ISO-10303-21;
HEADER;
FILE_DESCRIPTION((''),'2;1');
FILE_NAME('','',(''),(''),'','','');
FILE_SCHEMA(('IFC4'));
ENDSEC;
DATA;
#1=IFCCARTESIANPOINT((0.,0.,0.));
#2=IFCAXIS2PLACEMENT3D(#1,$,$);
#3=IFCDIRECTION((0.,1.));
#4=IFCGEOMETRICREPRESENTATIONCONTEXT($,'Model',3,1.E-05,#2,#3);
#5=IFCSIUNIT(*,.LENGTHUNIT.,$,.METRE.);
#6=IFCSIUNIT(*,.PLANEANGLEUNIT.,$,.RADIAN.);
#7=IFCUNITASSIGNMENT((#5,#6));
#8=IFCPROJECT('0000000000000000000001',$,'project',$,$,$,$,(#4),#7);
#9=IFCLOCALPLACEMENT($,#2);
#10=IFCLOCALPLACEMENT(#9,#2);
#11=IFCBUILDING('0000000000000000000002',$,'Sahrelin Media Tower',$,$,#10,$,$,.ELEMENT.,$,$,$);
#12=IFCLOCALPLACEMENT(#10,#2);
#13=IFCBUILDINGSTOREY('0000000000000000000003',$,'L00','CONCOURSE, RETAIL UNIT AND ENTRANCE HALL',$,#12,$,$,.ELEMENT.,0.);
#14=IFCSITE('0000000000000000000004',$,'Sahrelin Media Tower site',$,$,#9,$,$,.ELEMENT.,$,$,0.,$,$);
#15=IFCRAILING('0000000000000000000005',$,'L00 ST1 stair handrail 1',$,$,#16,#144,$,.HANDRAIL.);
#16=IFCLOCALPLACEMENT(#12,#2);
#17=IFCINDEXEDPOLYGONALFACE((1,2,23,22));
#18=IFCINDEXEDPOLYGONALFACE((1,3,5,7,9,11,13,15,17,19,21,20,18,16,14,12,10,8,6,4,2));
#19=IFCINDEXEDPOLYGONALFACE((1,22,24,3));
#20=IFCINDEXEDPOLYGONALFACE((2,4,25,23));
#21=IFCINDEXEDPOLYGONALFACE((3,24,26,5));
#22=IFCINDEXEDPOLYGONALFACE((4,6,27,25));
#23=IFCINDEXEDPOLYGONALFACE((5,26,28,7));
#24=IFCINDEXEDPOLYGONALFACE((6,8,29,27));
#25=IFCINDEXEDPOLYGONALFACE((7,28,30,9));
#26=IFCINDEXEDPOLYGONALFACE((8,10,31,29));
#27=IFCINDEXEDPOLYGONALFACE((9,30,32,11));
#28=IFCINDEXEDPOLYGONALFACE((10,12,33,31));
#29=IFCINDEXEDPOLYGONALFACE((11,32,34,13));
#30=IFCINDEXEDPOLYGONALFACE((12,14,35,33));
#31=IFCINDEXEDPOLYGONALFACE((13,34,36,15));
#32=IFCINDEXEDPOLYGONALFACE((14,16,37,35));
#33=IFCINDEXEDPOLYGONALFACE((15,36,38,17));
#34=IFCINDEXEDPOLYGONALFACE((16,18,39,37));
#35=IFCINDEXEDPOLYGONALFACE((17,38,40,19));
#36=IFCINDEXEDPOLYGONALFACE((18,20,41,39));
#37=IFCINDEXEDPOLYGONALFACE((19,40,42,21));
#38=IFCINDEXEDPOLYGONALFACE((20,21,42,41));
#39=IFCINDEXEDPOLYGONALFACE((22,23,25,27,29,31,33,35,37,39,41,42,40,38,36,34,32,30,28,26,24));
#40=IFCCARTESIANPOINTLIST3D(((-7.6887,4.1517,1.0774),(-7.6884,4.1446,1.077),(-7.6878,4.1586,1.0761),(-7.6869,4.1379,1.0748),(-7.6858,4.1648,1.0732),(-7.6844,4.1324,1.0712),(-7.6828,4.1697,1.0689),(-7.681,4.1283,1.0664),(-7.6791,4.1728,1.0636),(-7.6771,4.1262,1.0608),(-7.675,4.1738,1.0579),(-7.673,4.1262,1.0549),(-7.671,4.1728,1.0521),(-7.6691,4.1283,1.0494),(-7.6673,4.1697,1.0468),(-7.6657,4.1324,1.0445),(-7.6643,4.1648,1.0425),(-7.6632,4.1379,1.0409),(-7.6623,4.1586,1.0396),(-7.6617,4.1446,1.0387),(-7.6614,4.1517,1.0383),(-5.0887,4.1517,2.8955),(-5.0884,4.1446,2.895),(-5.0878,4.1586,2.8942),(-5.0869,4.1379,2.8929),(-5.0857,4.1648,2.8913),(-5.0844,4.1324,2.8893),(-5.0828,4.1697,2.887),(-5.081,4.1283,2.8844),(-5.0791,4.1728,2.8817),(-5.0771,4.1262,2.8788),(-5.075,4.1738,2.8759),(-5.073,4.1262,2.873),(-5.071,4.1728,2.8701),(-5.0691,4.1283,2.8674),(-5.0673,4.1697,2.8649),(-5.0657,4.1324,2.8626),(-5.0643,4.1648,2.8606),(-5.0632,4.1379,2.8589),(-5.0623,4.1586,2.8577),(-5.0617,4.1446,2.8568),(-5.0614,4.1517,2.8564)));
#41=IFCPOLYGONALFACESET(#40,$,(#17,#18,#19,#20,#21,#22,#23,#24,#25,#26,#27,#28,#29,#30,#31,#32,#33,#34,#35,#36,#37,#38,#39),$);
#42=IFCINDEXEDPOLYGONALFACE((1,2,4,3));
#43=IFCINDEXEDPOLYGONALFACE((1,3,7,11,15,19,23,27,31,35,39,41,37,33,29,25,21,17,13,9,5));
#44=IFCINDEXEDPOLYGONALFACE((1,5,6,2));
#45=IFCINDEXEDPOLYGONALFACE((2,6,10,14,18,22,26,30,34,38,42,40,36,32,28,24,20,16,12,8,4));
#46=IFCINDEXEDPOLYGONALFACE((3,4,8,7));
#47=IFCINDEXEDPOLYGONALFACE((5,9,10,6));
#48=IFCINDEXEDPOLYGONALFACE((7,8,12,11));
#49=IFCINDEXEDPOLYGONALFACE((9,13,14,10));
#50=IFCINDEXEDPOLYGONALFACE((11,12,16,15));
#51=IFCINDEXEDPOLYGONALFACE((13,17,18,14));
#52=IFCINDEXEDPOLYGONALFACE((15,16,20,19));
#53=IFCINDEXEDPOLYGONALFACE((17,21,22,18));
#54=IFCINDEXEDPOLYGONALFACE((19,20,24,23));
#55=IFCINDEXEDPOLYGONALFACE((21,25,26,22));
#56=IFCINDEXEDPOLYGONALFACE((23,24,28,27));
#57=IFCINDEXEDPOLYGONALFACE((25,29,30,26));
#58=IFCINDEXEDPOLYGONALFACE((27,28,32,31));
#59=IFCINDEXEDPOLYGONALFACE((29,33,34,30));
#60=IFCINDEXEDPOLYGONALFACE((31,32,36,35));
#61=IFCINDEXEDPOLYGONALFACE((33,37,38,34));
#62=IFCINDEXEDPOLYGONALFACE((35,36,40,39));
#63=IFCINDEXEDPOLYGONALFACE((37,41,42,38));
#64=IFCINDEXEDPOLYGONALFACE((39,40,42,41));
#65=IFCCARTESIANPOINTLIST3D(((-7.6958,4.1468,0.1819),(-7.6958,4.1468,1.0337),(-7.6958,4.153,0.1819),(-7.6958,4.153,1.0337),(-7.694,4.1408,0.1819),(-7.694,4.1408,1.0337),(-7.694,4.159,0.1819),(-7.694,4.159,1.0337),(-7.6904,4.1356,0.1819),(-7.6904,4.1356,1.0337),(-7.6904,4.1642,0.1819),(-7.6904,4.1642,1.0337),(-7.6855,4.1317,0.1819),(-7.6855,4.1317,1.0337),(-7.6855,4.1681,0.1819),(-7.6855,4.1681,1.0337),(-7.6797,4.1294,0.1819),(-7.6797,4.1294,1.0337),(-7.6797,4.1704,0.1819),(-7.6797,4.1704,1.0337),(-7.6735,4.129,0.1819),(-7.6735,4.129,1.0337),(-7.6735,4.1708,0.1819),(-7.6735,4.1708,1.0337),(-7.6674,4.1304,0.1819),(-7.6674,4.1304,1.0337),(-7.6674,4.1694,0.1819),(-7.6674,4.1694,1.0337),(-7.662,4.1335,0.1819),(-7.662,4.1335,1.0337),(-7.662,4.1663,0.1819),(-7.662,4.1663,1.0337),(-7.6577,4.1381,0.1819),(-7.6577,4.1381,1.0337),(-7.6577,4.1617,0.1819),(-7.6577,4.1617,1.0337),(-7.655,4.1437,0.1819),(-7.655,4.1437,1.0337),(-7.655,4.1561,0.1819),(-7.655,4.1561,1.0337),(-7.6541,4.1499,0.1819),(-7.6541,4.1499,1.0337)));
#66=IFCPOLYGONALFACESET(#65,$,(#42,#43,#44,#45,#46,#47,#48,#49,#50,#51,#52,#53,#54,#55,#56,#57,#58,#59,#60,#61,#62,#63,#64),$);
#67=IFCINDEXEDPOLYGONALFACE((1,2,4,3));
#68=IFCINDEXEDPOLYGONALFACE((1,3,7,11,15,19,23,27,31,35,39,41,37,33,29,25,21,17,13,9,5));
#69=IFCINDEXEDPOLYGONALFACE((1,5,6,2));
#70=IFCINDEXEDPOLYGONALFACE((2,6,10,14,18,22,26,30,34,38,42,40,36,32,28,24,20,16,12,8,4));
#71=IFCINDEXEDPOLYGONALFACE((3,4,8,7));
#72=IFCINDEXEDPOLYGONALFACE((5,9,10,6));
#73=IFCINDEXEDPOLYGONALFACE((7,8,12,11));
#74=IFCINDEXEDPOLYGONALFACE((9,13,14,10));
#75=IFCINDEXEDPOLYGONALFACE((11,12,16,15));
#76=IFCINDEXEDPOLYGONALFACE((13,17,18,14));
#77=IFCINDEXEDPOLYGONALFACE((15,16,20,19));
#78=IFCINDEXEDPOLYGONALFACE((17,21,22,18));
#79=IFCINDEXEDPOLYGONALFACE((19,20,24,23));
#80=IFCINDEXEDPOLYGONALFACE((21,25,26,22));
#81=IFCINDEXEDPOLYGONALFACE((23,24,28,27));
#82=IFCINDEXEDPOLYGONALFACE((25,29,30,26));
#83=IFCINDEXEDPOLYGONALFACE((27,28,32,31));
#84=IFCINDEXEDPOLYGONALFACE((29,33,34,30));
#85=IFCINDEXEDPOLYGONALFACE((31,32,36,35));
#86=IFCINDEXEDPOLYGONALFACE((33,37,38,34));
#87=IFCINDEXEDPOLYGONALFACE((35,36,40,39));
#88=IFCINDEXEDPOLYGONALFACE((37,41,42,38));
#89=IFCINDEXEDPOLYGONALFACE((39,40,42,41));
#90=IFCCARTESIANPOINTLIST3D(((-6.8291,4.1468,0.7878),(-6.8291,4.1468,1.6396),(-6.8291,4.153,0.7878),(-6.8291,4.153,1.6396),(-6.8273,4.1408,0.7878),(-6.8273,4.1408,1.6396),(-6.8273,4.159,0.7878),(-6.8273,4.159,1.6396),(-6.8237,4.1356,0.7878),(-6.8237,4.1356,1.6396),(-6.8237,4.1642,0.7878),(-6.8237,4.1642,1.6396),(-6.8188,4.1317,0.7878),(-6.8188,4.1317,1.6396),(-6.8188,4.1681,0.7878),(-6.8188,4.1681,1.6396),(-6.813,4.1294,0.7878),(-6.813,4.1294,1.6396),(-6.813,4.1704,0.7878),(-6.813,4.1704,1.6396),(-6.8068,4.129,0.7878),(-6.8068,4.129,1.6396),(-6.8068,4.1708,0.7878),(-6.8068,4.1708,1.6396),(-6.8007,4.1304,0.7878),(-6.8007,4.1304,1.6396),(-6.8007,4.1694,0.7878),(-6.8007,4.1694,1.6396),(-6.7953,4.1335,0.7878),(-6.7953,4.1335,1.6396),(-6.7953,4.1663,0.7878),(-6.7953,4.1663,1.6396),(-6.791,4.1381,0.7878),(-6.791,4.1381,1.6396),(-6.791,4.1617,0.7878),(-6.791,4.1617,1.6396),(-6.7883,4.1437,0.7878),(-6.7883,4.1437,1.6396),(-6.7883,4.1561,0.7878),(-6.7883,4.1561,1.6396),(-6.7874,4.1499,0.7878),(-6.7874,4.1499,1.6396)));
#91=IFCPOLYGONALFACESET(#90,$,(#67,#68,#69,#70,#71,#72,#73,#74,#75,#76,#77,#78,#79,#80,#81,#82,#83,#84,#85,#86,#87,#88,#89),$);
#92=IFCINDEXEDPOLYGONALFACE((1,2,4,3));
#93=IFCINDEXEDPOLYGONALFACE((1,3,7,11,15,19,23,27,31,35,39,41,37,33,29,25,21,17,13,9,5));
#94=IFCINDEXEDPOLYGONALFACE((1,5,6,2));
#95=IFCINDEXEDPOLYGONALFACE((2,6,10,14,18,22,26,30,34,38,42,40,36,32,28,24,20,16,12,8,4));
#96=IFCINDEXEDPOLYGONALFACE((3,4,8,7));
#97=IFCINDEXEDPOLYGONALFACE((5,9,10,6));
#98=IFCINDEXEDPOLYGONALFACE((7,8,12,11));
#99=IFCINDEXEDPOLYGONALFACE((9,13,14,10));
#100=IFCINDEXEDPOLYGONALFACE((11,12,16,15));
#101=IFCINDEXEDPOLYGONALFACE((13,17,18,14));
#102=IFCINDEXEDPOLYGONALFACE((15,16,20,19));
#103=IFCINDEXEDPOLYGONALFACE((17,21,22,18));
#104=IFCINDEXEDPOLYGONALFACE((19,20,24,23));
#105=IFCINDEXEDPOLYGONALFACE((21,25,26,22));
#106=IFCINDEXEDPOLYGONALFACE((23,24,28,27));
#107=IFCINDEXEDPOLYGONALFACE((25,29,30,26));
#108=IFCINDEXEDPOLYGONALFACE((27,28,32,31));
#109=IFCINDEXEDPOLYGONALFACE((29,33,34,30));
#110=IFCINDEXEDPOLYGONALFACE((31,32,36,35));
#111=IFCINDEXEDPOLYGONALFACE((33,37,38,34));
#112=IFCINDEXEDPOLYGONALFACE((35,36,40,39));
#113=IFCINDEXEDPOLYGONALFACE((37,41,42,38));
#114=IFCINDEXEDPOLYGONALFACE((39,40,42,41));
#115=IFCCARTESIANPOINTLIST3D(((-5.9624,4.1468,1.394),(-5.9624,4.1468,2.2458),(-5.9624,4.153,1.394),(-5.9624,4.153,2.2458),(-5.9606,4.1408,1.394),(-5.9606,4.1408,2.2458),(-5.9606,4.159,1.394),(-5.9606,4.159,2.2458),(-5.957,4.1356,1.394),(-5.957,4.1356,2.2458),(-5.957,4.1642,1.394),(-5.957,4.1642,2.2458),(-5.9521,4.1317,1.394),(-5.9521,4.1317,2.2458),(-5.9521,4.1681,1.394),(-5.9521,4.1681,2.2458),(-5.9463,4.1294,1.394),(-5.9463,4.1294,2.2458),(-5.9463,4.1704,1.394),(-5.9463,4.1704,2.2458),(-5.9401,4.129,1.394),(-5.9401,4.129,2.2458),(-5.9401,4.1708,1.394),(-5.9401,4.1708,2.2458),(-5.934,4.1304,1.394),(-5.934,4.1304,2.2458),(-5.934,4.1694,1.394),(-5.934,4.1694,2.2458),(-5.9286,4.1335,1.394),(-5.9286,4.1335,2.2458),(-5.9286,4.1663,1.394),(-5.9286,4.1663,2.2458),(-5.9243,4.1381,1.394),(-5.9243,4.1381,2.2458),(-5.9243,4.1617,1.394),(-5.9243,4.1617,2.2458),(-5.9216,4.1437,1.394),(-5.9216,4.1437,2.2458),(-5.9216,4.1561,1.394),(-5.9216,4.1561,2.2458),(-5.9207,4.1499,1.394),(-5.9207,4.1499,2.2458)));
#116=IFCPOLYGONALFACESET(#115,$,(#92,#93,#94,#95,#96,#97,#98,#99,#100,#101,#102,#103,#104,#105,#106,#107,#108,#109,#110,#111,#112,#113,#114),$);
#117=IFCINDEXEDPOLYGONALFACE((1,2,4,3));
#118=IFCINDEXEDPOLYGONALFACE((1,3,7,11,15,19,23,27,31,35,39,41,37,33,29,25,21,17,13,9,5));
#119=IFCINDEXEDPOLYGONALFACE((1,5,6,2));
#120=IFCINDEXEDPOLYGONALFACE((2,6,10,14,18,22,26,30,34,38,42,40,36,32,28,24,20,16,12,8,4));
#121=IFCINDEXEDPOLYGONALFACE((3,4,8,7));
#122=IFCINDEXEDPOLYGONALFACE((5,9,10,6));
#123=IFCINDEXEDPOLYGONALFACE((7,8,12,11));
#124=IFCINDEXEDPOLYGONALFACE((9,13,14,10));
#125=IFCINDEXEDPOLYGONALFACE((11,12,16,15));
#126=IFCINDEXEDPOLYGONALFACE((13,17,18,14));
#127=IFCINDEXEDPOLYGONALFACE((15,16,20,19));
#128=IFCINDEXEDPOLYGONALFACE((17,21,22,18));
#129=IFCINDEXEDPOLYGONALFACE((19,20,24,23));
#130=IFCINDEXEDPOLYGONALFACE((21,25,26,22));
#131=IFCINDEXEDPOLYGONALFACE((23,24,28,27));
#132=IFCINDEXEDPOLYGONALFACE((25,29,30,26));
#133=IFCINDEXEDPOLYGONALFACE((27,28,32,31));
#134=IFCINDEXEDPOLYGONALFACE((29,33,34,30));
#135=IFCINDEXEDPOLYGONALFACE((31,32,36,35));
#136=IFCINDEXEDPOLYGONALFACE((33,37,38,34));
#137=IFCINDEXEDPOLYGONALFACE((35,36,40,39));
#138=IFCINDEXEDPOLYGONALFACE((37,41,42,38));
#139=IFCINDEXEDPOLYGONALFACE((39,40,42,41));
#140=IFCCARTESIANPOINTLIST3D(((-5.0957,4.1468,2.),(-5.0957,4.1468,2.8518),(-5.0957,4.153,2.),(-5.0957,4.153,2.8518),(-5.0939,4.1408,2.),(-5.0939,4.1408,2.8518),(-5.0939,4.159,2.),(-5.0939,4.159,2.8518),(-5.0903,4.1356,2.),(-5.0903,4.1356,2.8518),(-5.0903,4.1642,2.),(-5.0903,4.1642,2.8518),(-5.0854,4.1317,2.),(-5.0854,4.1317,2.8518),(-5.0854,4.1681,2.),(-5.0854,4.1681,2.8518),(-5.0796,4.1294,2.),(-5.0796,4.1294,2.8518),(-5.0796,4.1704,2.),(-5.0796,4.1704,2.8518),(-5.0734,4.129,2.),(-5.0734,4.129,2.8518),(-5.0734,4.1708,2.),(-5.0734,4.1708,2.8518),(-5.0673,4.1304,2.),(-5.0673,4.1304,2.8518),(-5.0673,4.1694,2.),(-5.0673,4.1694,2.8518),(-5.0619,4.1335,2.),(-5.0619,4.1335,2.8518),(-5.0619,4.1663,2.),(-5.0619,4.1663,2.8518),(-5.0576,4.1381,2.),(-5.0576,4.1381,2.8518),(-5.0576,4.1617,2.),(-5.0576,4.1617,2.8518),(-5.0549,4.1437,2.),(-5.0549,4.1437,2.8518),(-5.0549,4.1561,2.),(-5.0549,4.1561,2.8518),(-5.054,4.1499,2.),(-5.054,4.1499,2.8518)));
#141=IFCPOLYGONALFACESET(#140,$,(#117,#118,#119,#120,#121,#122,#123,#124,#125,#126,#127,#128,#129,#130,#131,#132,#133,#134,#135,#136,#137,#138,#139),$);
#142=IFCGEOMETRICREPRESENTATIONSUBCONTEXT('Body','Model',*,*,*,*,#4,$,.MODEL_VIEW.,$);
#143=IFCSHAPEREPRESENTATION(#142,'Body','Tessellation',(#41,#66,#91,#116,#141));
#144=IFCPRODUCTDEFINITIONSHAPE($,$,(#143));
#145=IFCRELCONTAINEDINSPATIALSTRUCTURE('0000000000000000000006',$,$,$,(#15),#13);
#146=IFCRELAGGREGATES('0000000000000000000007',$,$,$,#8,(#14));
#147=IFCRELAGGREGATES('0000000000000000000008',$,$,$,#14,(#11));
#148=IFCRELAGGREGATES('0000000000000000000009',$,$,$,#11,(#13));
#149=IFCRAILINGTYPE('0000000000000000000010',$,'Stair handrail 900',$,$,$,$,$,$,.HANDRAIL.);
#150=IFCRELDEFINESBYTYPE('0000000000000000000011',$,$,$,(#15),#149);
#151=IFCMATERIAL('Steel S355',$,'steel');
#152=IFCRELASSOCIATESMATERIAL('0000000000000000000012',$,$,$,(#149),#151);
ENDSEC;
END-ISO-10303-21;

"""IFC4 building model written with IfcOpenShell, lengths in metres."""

from ifc_helpers import new_model, si_unit, direction, frame, origin, origin_2d, place, context, subcontext, project, spatial, circle, extrude, material, type_object, element, save


model = new_model("IFC4")

# Units and contexts
model_context = context("Model", 3, precision=1e-05, world=origin(), true_north=direction((0.0, 1.0)))
body_context = subcontext(model_context, "Body", "Model", "MODEL_VIEW")
ifc_project = project(units=[si_unit("LENGTHUNIT", "METRE"), si_unit("PLANEANGLEUNIT", "RADIAN")], contexts=[model_context])

# Site, building, storey
site_placement = place(None, origin())
site = spatial("IfcSite", under=ifc_project, at=site_placement, Name="Sahrelin Media Tower site", CompositionType="ELEMENT", RefElevation=0.0)
building_placement = place(site_placement, origin())
building = spatial("IfcBuilding", under=site, at=building_placement, Name="Sahrelin Media Tower", CompositionType="ELEMENT")
storey_placement = place(building_placement, origin())
storey = spatial("IfcBuildingStorey", under=building, at=storey_placement, Name="L00", Description="CONCOURSE, RETAIL UNIT AND ENTRANCE HALL", CompositionType="ELEMENT", Elevation=0.0)

# Shared definitions
ifc_material_1 = material(Name="Steel S355", Category="steel")

# Railing
railing_type_1 = type_object("IfcRailingType", Name="Stair handrail 900", PredefinedType="HANDRAIL", material=ifc_material_1)
for number, where, name in (
    (1, (-7.675, 4.1499, 0.1819), "L00 ST1 stair handrail 1"),
):
    element("IfcRailing", number, at=place(storey_placement, frame(where)), inside=storey, type_object=railing_type_1, Name=name, PredefinedType="HANDRAIL", context=body_context, shape_type="SweptSolid", body=[
        extrude(circle(Radius=0.0239, at=origin_2d()), frame((0.0, 0.0, 0.876), z_axis=(0.819521, 0.0, 0.573049), x_axis=(0.0, 1.0, 0.0)), (0.0, 0.0, 1.0), 3.1726),
        extrude(circle(Radius=0.021, at=origin_2d()), origin(), (0.0, 0.0, 1.0), 0.8518),
        extrude(circle(Radius=0.021, at=origin_2d()), frame((0.8667, 0.0, 0.606)), (0.0, 0.0, 1.0), 0.8518),
        extrude(circle(Radius=0.021, at=origin_2d()), frame((1.7334, 0.0, 1.2122)), (0.0, 0.0, 1.0), 0.8518),
        extrude(circle(Radius=0.021, at=origin_2d()), frame((2.6001, 0.0, 1.8181)), (0.0, 0.0, 1.0), 0.8518),
    ])

save(model, "model.ifc")
